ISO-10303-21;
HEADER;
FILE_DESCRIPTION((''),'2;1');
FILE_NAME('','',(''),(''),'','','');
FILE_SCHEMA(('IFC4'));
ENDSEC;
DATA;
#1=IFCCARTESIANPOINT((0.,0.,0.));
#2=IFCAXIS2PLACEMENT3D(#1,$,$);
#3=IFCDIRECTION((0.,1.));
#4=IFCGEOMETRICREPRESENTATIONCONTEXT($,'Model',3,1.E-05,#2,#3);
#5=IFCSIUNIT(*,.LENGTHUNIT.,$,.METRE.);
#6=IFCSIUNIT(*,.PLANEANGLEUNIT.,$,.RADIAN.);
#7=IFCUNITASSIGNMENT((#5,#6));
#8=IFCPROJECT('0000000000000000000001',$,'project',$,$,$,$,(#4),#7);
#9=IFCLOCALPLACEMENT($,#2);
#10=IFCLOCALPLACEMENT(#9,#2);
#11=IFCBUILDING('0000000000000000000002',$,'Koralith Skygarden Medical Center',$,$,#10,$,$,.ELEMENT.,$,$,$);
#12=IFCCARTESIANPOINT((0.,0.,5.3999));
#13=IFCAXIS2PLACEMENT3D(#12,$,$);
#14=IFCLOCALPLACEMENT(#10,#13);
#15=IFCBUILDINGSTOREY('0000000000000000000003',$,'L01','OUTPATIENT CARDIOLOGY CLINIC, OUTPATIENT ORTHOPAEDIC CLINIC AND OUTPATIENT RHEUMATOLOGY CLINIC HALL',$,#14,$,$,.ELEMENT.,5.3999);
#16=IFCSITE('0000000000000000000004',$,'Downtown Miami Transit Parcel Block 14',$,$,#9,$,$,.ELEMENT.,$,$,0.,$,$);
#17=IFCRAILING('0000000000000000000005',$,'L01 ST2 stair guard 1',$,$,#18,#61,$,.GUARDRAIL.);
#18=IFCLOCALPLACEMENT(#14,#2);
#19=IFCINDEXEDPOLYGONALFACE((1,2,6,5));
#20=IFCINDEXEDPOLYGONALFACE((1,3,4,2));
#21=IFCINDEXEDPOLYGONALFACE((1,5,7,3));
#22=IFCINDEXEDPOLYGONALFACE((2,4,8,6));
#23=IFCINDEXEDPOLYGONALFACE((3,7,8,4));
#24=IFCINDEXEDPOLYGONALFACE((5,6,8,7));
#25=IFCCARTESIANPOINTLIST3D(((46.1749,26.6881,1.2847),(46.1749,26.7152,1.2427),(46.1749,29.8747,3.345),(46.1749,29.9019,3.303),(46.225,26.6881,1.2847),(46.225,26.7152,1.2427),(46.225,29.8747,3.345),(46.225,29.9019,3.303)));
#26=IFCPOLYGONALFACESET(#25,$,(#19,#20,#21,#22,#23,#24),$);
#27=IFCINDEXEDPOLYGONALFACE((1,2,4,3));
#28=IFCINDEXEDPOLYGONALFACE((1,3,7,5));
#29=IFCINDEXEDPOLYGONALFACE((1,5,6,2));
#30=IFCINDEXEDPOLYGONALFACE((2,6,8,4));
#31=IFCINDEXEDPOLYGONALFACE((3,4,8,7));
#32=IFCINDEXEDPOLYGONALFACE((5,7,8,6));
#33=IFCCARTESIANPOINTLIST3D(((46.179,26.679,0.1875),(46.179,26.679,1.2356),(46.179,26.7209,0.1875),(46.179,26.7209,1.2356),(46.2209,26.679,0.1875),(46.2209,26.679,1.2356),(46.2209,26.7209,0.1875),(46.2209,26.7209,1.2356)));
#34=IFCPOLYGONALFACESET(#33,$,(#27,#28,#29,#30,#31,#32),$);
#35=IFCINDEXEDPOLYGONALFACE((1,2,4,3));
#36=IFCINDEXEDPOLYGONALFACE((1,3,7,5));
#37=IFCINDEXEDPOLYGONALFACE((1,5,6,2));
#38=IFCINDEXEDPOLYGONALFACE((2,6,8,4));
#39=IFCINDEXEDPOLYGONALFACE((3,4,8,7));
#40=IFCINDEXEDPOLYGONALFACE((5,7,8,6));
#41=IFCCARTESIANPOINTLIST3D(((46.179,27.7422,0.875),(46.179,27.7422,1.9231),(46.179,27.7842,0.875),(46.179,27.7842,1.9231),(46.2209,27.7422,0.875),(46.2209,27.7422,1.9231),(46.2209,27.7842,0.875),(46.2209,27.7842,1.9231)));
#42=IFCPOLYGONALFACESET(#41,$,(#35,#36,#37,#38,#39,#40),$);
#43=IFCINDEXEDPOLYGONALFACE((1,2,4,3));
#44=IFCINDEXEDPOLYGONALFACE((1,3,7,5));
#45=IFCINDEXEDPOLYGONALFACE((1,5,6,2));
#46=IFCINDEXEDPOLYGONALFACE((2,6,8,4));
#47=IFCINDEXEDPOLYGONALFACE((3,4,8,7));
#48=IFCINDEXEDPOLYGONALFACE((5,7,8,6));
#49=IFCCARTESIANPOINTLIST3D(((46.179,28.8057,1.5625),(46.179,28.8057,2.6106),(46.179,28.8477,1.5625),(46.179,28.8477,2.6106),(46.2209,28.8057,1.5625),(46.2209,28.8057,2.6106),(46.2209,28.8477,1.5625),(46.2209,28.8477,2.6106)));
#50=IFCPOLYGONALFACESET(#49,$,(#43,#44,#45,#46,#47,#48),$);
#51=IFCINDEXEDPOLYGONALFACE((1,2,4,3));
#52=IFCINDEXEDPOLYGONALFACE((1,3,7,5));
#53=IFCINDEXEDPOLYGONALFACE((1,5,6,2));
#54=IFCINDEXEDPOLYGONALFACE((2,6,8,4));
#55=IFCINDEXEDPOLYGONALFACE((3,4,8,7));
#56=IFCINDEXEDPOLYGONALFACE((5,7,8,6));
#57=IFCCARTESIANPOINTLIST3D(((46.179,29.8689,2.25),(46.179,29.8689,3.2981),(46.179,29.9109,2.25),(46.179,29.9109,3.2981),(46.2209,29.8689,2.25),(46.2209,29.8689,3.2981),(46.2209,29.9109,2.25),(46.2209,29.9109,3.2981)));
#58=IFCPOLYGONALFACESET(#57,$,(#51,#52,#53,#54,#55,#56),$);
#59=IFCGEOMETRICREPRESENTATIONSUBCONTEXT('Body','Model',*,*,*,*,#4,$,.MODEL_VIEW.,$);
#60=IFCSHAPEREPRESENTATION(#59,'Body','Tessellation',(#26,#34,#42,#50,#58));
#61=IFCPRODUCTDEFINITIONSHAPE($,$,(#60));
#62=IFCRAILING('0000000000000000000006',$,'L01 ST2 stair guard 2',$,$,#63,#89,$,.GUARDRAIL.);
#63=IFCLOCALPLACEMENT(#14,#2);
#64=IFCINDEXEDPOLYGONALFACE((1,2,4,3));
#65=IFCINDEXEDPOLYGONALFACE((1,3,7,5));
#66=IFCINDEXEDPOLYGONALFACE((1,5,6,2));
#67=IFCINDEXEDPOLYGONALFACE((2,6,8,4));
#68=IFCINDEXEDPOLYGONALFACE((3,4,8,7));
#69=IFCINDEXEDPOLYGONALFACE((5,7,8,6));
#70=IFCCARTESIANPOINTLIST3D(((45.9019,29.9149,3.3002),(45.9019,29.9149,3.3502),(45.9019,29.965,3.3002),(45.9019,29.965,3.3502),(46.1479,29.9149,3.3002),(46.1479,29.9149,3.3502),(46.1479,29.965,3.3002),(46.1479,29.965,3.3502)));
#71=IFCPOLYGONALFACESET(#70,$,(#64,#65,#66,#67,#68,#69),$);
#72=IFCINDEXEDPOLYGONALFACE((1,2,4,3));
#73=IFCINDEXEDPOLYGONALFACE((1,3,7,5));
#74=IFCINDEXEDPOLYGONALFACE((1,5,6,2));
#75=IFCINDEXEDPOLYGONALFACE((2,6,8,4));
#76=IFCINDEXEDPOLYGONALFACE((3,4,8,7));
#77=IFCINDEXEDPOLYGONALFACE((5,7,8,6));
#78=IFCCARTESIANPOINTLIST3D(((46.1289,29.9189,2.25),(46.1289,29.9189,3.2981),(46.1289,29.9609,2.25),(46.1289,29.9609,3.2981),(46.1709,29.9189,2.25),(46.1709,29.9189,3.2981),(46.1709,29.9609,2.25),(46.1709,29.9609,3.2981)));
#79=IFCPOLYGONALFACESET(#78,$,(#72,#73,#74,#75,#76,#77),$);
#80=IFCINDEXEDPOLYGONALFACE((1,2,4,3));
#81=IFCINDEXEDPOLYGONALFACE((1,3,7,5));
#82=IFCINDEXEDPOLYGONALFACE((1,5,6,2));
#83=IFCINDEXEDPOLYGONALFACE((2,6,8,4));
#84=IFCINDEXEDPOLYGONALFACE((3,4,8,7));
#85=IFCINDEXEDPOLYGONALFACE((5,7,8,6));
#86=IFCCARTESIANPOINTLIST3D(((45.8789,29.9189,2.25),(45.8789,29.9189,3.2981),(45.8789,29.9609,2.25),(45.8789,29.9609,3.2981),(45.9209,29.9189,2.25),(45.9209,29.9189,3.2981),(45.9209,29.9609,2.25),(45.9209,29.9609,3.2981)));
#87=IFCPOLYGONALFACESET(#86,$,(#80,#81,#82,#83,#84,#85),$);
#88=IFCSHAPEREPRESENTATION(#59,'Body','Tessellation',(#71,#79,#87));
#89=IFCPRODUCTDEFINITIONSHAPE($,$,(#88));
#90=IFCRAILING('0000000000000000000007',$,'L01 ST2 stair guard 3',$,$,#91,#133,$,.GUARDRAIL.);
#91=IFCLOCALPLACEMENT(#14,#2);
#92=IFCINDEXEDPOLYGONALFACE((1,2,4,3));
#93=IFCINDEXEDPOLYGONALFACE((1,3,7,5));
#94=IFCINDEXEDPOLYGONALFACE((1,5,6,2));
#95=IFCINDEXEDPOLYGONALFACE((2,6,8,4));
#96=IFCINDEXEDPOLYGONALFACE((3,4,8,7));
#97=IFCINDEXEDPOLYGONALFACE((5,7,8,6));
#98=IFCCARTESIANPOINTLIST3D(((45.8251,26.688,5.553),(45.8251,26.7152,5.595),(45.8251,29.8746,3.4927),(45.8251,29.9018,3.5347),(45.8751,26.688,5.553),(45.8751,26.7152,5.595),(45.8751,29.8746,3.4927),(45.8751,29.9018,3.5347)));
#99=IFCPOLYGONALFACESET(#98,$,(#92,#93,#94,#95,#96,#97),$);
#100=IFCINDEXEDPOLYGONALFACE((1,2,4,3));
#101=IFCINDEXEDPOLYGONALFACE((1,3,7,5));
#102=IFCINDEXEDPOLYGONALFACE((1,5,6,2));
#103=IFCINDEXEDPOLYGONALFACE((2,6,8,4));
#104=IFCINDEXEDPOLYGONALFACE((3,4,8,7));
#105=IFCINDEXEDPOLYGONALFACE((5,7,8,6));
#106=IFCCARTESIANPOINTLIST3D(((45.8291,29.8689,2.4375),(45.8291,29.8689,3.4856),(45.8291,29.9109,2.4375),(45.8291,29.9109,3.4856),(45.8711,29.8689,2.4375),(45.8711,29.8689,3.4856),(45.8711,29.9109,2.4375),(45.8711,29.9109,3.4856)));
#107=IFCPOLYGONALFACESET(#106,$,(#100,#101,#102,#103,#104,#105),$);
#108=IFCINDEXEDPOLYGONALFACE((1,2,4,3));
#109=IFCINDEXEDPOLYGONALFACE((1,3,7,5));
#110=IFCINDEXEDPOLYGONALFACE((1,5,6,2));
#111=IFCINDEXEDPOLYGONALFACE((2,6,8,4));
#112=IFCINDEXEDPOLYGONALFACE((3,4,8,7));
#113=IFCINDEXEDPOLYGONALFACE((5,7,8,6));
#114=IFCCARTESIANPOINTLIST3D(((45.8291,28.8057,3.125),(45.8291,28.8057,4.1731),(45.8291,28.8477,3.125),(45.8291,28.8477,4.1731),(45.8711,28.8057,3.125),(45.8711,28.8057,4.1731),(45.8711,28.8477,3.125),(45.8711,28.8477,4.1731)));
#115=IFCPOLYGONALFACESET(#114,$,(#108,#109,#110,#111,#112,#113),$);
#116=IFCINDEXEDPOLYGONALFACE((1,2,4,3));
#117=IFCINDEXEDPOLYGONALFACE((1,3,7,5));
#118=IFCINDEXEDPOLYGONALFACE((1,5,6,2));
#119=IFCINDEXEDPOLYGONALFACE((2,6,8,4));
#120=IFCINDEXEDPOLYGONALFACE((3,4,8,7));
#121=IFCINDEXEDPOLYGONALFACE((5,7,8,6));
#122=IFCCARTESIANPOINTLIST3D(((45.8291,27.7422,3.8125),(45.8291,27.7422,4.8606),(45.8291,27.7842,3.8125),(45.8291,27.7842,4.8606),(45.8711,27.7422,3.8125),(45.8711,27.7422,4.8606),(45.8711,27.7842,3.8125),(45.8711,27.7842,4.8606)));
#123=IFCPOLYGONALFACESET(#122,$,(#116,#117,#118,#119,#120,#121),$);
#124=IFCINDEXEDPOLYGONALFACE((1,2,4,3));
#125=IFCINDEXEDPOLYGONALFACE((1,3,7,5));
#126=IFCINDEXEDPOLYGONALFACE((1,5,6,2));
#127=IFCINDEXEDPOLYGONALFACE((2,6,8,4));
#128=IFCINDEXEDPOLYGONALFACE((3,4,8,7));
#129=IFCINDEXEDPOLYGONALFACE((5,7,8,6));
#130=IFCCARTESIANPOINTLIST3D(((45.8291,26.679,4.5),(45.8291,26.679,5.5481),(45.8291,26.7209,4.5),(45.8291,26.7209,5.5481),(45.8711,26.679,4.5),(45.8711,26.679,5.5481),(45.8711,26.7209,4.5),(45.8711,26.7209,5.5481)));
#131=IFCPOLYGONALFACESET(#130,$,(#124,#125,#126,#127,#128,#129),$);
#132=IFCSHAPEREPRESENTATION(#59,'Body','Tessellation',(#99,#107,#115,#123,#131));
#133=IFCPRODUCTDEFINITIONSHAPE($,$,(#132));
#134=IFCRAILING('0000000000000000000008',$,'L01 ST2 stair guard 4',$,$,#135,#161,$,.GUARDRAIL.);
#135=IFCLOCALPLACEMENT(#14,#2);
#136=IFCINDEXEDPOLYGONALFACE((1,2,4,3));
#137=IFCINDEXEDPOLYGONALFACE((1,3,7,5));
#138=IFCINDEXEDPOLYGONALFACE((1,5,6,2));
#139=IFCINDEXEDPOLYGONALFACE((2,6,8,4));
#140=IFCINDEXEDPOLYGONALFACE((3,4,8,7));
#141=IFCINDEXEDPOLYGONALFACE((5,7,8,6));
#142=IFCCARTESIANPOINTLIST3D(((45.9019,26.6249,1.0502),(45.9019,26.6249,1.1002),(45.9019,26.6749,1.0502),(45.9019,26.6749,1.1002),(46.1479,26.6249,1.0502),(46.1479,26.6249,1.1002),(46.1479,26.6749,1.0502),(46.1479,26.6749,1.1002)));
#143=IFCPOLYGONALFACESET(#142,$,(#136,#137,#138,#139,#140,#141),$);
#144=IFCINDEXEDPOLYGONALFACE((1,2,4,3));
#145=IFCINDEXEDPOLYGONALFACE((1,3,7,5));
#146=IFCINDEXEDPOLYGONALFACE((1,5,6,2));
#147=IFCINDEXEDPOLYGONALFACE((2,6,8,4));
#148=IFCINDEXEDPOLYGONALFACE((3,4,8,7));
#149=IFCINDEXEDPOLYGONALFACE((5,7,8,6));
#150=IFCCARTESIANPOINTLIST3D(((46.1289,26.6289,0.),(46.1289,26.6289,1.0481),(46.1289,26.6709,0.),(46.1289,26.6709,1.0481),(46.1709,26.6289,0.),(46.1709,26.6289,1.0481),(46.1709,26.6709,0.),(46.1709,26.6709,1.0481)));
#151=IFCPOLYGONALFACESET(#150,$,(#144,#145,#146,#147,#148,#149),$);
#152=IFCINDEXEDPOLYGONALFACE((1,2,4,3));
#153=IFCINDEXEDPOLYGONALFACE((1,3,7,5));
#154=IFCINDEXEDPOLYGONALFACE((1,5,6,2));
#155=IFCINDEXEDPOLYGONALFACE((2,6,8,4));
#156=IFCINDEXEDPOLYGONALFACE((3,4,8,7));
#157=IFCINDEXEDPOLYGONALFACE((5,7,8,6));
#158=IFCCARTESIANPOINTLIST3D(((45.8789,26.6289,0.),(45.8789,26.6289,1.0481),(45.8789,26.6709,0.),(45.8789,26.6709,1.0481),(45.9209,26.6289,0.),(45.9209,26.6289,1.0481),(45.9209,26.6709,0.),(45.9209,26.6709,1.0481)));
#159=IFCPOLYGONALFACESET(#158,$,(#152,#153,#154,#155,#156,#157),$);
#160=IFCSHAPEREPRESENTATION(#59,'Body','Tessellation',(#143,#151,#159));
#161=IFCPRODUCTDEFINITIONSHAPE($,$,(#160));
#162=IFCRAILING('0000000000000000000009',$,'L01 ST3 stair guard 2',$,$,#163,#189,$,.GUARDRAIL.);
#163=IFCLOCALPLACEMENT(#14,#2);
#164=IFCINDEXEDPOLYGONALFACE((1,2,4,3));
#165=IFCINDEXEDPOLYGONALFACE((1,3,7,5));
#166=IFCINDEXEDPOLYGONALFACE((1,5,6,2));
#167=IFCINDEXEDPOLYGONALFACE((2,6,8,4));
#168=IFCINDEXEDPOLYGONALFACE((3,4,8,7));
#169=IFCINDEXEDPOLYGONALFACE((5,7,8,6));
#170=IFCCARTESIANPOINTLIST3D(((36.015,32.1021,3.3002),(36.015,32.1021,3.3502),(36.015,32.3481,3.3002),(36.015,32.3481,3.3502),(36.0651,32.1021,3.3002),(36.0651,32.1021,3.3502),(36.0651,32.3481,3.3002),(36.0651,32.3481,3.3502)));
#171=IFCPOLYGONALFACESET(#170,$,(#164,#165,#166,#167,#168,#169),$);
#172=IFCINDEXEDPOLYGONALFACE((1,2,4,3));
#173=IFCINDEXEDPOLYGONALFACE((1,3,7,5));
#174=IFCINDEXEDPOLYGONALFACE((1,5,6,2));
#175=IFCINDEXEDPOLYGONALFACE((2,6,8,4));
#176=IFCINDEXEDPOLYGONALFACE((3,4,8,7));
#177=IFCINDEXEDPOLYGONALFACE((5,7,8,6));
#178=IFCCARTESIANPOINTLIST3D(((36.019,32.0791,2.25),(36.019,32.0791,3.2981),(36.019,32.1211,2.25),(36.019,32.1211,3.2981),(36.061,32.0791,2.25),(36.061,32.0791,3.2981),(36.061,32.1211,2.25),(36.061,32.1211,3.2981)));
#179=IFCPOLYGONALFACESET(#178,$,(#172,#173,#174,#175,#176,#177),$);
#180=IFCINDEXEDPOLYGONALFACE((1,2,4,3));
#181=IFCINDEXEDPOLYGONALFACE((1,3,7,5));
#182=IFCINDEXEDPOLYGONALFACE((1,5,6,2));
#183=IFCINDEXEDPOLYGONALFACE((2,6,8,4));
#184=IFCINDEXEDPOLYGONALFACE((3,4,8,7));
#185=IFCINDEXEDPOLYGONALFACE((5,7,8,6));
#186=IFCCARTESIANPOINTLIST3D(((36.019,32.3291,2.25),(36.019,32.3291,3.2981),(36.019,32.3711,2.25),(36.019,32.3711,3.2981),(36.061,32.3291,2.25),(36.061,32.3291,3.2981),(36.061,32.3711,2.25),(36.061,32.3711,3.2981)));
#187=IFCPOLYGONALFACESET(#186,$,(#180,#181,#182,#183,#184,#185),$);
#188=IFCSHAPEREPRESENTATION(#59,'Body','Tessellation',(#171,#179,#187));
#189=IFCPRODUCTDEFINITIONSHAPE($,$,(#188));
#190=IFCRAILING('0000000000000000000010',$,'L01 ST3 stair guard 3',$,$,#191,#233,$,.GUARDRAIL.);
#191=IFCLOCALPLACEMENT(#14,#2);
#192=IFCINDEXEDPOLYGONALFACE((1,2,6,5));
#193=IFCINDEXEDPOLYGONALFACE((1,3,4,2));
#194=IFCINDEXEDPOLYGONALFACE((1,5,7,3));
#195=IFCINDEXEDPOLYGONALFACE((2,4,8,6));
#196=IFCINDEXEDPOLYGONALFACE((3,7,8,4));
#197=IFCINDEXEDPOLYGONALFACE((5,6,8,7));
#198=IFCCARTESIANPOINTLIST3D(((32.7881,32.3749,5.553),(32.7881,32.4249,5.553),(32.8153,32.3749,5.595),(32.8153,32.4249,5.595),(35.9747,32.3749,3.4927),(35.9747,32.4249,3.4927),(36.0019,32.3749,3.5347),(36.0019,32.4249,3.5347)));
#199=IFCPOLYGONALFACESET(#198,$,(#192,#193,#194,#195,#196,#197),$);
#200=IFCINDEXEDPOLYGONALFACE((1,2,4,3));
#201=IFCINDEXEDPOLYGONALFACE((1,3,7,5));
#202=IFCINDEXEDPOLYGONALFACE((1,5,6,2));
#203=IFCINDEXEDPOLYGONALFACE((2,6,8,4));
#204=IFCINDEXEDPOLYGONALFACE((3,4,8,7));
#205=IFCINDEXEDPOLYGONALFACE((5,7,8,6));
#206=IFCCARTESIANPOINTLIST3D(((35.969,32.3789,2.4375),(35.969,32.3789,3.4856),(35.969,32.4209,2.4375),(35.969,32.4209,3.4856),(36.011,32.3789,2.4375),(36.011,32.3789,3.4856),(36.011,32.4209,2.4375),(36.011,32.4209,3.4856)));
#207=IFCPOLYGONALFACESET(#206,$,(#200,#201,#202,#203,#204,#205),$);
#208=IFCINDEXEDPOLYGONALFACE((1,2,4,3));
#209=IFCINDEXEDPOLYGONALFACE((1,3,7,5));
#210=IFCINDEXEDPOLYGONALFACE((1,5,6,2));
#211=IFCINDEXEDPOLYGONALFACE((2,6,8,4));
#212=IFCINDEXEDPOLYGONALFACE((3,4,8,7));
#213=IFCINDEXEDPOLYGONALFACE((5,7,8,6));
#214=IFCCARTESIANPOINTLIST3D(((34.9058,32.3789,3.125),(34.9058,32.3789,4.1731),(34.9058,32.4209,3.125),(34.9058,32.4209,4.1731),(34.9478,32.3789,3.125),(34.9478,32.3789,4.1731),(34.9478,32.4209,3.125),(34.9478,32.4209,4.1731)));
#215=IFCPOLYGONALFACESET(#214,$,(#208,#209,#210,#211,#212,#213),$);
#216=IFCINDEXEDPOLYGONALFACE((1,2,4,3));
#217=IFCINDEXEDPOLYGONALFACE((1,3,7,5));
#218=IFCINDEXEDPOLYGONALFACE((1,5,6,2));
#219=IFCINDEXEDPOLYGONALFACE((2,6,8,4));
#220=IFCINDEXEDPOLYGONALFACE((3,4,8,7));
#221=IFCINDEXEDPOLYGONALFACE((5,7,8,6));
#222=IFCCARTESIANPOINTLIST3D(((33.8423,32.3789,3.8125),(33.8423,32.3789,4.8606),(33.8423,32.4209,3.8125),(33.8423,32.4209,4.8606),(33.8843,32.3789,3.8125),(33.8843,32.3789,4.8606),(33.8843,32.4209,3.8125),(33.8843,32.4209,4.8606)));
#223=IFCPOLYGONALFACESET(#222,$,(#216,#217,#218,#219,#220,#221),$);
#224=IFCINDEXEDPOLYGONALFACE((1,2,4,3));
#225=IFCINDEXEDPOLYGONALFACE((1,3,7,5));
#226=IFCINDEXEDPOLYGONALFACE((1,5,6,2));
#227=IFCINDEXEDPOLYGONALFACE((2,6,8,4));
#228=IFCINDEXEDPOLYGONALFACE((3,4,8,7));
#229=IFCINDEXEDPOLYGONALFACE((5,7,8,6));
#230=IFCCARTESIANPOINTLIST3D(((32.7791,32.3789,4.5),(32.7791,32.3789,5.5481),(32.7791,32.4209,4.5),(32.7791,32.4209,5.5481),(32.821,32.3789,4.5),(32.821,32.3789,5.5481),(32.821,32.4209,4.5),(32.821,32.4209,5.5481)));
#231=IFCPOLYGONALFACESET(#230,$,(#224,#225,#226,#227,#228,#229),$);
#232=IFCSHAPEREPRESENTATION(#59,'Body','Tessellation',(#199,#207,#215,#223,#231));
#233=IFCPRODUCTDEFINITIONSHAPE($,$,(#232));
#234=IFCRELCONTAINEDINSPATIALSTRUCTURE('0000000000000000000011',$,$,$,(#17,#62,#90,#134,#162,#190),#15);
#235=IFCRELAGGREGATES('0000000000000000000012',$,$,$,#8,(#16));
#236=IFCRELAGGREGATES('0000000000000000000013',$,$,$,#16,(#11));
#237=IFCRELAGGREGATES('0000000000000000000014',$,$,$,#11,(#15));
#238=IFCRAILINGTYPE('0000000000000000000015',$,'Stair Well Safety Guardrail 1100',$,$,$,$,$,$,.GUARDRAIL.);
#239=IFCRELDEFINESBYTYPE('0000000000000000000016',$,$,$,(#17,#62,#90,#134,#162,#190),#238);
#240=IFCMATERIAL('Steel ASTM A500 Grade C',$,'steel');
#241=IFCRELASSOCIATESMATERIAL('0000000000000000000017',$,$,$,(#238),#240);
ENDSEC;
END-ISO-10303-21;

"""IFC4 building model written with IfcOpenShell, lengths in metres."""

from ifc_helpers import new_model, si_unit, direction, frame, origin, origin_2d, place, context, subcontext, project, spatial, rectangle, extrude, material, type_object, element, save


model = new_model("IFC4")

# Units and contexts
model_context = context("Model", 3, precision=1e-05, world=origin(), true_north=direction((0.0, 1.0)))
body_context = subcontext(model_context, "Body", "Model", "MODEL_VIEW")
ifc_project = project(units=[si_unit("LENGTHUNIT", "METRE"), si_unit("PLANEANGLEUNIT", "RADIAN")], contexts=[model_context])

# Site, building, storey
site_placement = place(None, origin())
site = spatial("IfcSite", under=ifc_project, at=site_placement, Name="Downtown Miami Transit Parcel Block 14", CompositionType="ELEMENT", RefElevation=0.0)
building_placement = place(site_placement, origin())
building = spatial("IfcBuilding", under=site, at=building_placement, Name="Koralith Skygarden Medical Center", CompositionType="ELEMENT")
storey_placement = place(building_placement, frame((0.0, 0.0, 5.3999)))
storey = spatial("IfcBuildingStorey", under=building, at=storey_placement, Name="L01", Description="OUTPATIENT CARDIOLOGY CLINIC, OUTPATIENT ORTHOPAEDIC CLINIC AND OUTPATIENT RHEUMATOLOGY CLINIC HALL", CompositionType="ELEMENT", Elevation=5.3999)

# Railings
ifc_material_1 = material(Name="Steel ASTM A500 Grade C", Category="steel")
railing_type_1 = type_object("IfcRailingType", Name="Stair Well Safety Guardrail 1100", PredefinedType="GUARDRAIL", material=ifc_material_1)
railing_1_placement = place(storey_placement, frame((46.2, 26.7, 0.1875)))
element("IfcRailing", 1, at=railing_1_placement, inside=storey, type_object=railing_type_1, Name="L01 ST2 stair guard 1", PredefinedType="GUARDRAIL", context=body_context, shape_type="SweptSolid", body=[
    extrude(rectangle(XDim=0.05, YDim=0.05, at=origin_2d()), frame((0.0, 0.0017, 1.0762), z_axis=(0.0, 0.83976, 0.542958), x_axis=(-1.0, 0.0, 0.0)), (0.0, 0.0, 1.0), 3.7947),
    extrude(rectangle(XDim=0.042, YDim=0.042, at=origin_2d()), origin(), (0.0, 0.0, 1.0), 1.0481),
    extrude(rectangle(XDim=0.042, YDim=0.042, at=origin_2d()), frame((0.0, 1.0632, 0.6875)), (0.0, 0.0, 1.0), 1.0481),
    extrude(rectangle(XDim=0.042, YDim=0.042, at=origin_2d()), frame((0.0, 2.1267, 1.375)), (0.0, 0.0, 1.0), 1.0481),
    extrude(rectangle(XDim=0.042, YDim=0.042, at=origin_2d()), frame((0.0, 3.1899, 2.0625)), (0.0, 0.0, 1.0), 1.0481),
])
railing_2_placement = place(storey_placement, frame((46.1499, 29.9399, 2.25)))
element("IfcRailing", 2, at=railing_2_placement, inside=storey, type_object=railing_type_1, Name="L01 ST2 stair guard 2", PredefinedType="GUARDRAIL", context=body_context, shape_type="SweptSolid", body=[
    extrude(rectangle(XDim=0.05, YDim=0.05, at=origin_2d()), frame((-0.002, 0.0, 1.0752), z_axis=(-1.0, 0.0, 0.0), x_axis=(0.0, -1.0, 0.0)), (0.0, 0.0, 1.0), 0.2461),
    extrude(rectangle(XDim=0.042, YDim=0.042, at=origin_2d()), origin(), (0.0, 0.0, 1.0), 1.0481),
    extrude(rectangle(XDim=0.042, YDim=0.042, at=origin_2d()), frame((-0.25, 0.0, 0.0)), (0.0, 0.0, 1.0), 1.0481),
])
railing_3_placement = place(storey_placement, frame((45.8501, 29.8899, 2.4375)))
element("IfcRailing", 3, at=railing_3_placement, inside=storey, type_object=railing_type_1, Name="L01 ST2 stair guard 3", PredefinedType="GUARDRAIL", context=body_context, shape_type="SweptSolid", body=[
    extrude(rectangle(XDim=0.05, YDim=0.05, at=origin_2d()), frame((0.0, -0.0017, 1.0762), z_axis=(0.0, -0.83976, 0.542958), x_axis=(1.0, 0.0, 0.0)), (0.0, 0.0, 1.0), 3.7947),
    extrude(rectangle(XDim=0.042, YDim=0.042, at=origin_2d()), origin(), (0.0, 0.0, 1.0), 1.0481),
    extrude(rectangle(XDim=0.042, YDim=0.042, at=origin_2d()), frame((0.0, -1.0632, 0.6875)), (0.0, 0.0, 1.0), 1.0481),
    extrude(rectangle(XDim=0.042, YDim=0.042, at=origin_2d()), frame((0.0, -2.1267, 1.375)), (0.0, 0.0, 1.0), 1.0481),
    extrude(rectangle(XDim=0.042, YDim=0.042, at=origin_2d()), frame((0.0, -3.1899, 2.0625)), (0.0, 0.0, 1.0), 1.0481),
])
railing_4_placement = place(storey_placement, frame((46.1499, 26.6499, 0.0)))
element("IfcRailing", 4, at=railing_4_placement, inside=storey, type_object=railing_type_1, Name="L01 ST2 stair guard 4", PredefinedType="GUARDRAIL", context=body_context, shape_type="SweptSolid", body=[
    extrude(rectangle(XDim=0.05, YDim=0.05, at=origin_2d()), frame((-0.002, 0.0, 1.0752), z_axis=(-1.0, 0.0, 0.0), x_axis=(0.0, -1.0, 0.0)), (0.0, 0.0, 1.0), 0.2461),
    extrude(rectangle(XDim=0.042, YDim=0.042, at=origin_2d()), origin(), (0.0, 0.0, 1.0), 1.0481),
    extrude(rectangle(XDim=0.042, YDim=0.042, at=origin_2d()), frame((-0.25, 0.0, 0.0)), (0.0, 0.0, 1.0), 1.0481),
])
railing_5_placement = place(storey_placement, frame((36.04, 32.1001, 2.25)))
element("IfcRailing", 5, at=railing_5_placement, inside=storey, type_object=railing_type_1, Name="L01 ST3 stair guard 2", PredefinedType="GUARDRAIL", context=body_context, shape_type="SweptSolid", body=[
    extrude(rectangle(XDim=0.05, YDim=0.05, at=origin_2d()), frame((0.0, 0.002, 1.0752), z_axis=(0.0, 1.0, 0.0), x_axis=(-1.0, 0.0, 0.0)), (0.0, 0.0, 1.0), 0.2461),
    extrude(rectangle(XDim=0.042, YDim=0.042, at=origin_2d()), origin(), (0.0, 0.0, 1.0), 1.0481),
    extrude(rectangle(XDim=0.042, YDim=0.042, at=origin_2d()), frame((0.0, 0.25, 0.0)), (0.0, 0.0, 1.0), 1.0481),
])
railing_6_placement = place(storey_placement, frame((35.99, 32.3999, 2.4375)))
element("IfcRailing", 6, at=railing_6_placement, inside=storey, type_object=railing_type_1, Name="L01 ST3 stair guard 3", PredefinedType="GUARDRAIL", context=body_context, shape_type="SweptSolid", body=[
    extrude(rectangle(XDim=0.05, YDim=0.05, at=origin_2d()), frame((-0.0017, 0.0, 1.0762), z_axis=(-0.83976, 0.0, 0.542958), x_axis=(0.0, -1.0, 0.0)), (0.0, 0.0, 1.0), 3.7947),
    extrude(rectangle(XDim=0.042, YDim=0.042, at=origin_2d()), origin(), (0.0, 0.0, 1.0), 1.0481),
    extrude(rectangle(XDim=0.042, YDim=0.042, at=origin_2d()), frame((-1.0632, 0.0, 0.6875)), (0.0, 0.0, 1.0), 1.0481),
    extrude(rectangle(XDim=0.042, YDim=0.042, at=origin_2d()), frame((-2.1267, 0.0, 1.375)), (0.0, 0.0, 1.0), 1.0481),
    extrude(rectangle(XDim=0.042, YDim=0.042, at=origin_2d()), frame((-3.1899, 0.0, 2.0625)), (0.0, 0.0, 1.0), 1.0481),
])

save(model, "model.ifc")
